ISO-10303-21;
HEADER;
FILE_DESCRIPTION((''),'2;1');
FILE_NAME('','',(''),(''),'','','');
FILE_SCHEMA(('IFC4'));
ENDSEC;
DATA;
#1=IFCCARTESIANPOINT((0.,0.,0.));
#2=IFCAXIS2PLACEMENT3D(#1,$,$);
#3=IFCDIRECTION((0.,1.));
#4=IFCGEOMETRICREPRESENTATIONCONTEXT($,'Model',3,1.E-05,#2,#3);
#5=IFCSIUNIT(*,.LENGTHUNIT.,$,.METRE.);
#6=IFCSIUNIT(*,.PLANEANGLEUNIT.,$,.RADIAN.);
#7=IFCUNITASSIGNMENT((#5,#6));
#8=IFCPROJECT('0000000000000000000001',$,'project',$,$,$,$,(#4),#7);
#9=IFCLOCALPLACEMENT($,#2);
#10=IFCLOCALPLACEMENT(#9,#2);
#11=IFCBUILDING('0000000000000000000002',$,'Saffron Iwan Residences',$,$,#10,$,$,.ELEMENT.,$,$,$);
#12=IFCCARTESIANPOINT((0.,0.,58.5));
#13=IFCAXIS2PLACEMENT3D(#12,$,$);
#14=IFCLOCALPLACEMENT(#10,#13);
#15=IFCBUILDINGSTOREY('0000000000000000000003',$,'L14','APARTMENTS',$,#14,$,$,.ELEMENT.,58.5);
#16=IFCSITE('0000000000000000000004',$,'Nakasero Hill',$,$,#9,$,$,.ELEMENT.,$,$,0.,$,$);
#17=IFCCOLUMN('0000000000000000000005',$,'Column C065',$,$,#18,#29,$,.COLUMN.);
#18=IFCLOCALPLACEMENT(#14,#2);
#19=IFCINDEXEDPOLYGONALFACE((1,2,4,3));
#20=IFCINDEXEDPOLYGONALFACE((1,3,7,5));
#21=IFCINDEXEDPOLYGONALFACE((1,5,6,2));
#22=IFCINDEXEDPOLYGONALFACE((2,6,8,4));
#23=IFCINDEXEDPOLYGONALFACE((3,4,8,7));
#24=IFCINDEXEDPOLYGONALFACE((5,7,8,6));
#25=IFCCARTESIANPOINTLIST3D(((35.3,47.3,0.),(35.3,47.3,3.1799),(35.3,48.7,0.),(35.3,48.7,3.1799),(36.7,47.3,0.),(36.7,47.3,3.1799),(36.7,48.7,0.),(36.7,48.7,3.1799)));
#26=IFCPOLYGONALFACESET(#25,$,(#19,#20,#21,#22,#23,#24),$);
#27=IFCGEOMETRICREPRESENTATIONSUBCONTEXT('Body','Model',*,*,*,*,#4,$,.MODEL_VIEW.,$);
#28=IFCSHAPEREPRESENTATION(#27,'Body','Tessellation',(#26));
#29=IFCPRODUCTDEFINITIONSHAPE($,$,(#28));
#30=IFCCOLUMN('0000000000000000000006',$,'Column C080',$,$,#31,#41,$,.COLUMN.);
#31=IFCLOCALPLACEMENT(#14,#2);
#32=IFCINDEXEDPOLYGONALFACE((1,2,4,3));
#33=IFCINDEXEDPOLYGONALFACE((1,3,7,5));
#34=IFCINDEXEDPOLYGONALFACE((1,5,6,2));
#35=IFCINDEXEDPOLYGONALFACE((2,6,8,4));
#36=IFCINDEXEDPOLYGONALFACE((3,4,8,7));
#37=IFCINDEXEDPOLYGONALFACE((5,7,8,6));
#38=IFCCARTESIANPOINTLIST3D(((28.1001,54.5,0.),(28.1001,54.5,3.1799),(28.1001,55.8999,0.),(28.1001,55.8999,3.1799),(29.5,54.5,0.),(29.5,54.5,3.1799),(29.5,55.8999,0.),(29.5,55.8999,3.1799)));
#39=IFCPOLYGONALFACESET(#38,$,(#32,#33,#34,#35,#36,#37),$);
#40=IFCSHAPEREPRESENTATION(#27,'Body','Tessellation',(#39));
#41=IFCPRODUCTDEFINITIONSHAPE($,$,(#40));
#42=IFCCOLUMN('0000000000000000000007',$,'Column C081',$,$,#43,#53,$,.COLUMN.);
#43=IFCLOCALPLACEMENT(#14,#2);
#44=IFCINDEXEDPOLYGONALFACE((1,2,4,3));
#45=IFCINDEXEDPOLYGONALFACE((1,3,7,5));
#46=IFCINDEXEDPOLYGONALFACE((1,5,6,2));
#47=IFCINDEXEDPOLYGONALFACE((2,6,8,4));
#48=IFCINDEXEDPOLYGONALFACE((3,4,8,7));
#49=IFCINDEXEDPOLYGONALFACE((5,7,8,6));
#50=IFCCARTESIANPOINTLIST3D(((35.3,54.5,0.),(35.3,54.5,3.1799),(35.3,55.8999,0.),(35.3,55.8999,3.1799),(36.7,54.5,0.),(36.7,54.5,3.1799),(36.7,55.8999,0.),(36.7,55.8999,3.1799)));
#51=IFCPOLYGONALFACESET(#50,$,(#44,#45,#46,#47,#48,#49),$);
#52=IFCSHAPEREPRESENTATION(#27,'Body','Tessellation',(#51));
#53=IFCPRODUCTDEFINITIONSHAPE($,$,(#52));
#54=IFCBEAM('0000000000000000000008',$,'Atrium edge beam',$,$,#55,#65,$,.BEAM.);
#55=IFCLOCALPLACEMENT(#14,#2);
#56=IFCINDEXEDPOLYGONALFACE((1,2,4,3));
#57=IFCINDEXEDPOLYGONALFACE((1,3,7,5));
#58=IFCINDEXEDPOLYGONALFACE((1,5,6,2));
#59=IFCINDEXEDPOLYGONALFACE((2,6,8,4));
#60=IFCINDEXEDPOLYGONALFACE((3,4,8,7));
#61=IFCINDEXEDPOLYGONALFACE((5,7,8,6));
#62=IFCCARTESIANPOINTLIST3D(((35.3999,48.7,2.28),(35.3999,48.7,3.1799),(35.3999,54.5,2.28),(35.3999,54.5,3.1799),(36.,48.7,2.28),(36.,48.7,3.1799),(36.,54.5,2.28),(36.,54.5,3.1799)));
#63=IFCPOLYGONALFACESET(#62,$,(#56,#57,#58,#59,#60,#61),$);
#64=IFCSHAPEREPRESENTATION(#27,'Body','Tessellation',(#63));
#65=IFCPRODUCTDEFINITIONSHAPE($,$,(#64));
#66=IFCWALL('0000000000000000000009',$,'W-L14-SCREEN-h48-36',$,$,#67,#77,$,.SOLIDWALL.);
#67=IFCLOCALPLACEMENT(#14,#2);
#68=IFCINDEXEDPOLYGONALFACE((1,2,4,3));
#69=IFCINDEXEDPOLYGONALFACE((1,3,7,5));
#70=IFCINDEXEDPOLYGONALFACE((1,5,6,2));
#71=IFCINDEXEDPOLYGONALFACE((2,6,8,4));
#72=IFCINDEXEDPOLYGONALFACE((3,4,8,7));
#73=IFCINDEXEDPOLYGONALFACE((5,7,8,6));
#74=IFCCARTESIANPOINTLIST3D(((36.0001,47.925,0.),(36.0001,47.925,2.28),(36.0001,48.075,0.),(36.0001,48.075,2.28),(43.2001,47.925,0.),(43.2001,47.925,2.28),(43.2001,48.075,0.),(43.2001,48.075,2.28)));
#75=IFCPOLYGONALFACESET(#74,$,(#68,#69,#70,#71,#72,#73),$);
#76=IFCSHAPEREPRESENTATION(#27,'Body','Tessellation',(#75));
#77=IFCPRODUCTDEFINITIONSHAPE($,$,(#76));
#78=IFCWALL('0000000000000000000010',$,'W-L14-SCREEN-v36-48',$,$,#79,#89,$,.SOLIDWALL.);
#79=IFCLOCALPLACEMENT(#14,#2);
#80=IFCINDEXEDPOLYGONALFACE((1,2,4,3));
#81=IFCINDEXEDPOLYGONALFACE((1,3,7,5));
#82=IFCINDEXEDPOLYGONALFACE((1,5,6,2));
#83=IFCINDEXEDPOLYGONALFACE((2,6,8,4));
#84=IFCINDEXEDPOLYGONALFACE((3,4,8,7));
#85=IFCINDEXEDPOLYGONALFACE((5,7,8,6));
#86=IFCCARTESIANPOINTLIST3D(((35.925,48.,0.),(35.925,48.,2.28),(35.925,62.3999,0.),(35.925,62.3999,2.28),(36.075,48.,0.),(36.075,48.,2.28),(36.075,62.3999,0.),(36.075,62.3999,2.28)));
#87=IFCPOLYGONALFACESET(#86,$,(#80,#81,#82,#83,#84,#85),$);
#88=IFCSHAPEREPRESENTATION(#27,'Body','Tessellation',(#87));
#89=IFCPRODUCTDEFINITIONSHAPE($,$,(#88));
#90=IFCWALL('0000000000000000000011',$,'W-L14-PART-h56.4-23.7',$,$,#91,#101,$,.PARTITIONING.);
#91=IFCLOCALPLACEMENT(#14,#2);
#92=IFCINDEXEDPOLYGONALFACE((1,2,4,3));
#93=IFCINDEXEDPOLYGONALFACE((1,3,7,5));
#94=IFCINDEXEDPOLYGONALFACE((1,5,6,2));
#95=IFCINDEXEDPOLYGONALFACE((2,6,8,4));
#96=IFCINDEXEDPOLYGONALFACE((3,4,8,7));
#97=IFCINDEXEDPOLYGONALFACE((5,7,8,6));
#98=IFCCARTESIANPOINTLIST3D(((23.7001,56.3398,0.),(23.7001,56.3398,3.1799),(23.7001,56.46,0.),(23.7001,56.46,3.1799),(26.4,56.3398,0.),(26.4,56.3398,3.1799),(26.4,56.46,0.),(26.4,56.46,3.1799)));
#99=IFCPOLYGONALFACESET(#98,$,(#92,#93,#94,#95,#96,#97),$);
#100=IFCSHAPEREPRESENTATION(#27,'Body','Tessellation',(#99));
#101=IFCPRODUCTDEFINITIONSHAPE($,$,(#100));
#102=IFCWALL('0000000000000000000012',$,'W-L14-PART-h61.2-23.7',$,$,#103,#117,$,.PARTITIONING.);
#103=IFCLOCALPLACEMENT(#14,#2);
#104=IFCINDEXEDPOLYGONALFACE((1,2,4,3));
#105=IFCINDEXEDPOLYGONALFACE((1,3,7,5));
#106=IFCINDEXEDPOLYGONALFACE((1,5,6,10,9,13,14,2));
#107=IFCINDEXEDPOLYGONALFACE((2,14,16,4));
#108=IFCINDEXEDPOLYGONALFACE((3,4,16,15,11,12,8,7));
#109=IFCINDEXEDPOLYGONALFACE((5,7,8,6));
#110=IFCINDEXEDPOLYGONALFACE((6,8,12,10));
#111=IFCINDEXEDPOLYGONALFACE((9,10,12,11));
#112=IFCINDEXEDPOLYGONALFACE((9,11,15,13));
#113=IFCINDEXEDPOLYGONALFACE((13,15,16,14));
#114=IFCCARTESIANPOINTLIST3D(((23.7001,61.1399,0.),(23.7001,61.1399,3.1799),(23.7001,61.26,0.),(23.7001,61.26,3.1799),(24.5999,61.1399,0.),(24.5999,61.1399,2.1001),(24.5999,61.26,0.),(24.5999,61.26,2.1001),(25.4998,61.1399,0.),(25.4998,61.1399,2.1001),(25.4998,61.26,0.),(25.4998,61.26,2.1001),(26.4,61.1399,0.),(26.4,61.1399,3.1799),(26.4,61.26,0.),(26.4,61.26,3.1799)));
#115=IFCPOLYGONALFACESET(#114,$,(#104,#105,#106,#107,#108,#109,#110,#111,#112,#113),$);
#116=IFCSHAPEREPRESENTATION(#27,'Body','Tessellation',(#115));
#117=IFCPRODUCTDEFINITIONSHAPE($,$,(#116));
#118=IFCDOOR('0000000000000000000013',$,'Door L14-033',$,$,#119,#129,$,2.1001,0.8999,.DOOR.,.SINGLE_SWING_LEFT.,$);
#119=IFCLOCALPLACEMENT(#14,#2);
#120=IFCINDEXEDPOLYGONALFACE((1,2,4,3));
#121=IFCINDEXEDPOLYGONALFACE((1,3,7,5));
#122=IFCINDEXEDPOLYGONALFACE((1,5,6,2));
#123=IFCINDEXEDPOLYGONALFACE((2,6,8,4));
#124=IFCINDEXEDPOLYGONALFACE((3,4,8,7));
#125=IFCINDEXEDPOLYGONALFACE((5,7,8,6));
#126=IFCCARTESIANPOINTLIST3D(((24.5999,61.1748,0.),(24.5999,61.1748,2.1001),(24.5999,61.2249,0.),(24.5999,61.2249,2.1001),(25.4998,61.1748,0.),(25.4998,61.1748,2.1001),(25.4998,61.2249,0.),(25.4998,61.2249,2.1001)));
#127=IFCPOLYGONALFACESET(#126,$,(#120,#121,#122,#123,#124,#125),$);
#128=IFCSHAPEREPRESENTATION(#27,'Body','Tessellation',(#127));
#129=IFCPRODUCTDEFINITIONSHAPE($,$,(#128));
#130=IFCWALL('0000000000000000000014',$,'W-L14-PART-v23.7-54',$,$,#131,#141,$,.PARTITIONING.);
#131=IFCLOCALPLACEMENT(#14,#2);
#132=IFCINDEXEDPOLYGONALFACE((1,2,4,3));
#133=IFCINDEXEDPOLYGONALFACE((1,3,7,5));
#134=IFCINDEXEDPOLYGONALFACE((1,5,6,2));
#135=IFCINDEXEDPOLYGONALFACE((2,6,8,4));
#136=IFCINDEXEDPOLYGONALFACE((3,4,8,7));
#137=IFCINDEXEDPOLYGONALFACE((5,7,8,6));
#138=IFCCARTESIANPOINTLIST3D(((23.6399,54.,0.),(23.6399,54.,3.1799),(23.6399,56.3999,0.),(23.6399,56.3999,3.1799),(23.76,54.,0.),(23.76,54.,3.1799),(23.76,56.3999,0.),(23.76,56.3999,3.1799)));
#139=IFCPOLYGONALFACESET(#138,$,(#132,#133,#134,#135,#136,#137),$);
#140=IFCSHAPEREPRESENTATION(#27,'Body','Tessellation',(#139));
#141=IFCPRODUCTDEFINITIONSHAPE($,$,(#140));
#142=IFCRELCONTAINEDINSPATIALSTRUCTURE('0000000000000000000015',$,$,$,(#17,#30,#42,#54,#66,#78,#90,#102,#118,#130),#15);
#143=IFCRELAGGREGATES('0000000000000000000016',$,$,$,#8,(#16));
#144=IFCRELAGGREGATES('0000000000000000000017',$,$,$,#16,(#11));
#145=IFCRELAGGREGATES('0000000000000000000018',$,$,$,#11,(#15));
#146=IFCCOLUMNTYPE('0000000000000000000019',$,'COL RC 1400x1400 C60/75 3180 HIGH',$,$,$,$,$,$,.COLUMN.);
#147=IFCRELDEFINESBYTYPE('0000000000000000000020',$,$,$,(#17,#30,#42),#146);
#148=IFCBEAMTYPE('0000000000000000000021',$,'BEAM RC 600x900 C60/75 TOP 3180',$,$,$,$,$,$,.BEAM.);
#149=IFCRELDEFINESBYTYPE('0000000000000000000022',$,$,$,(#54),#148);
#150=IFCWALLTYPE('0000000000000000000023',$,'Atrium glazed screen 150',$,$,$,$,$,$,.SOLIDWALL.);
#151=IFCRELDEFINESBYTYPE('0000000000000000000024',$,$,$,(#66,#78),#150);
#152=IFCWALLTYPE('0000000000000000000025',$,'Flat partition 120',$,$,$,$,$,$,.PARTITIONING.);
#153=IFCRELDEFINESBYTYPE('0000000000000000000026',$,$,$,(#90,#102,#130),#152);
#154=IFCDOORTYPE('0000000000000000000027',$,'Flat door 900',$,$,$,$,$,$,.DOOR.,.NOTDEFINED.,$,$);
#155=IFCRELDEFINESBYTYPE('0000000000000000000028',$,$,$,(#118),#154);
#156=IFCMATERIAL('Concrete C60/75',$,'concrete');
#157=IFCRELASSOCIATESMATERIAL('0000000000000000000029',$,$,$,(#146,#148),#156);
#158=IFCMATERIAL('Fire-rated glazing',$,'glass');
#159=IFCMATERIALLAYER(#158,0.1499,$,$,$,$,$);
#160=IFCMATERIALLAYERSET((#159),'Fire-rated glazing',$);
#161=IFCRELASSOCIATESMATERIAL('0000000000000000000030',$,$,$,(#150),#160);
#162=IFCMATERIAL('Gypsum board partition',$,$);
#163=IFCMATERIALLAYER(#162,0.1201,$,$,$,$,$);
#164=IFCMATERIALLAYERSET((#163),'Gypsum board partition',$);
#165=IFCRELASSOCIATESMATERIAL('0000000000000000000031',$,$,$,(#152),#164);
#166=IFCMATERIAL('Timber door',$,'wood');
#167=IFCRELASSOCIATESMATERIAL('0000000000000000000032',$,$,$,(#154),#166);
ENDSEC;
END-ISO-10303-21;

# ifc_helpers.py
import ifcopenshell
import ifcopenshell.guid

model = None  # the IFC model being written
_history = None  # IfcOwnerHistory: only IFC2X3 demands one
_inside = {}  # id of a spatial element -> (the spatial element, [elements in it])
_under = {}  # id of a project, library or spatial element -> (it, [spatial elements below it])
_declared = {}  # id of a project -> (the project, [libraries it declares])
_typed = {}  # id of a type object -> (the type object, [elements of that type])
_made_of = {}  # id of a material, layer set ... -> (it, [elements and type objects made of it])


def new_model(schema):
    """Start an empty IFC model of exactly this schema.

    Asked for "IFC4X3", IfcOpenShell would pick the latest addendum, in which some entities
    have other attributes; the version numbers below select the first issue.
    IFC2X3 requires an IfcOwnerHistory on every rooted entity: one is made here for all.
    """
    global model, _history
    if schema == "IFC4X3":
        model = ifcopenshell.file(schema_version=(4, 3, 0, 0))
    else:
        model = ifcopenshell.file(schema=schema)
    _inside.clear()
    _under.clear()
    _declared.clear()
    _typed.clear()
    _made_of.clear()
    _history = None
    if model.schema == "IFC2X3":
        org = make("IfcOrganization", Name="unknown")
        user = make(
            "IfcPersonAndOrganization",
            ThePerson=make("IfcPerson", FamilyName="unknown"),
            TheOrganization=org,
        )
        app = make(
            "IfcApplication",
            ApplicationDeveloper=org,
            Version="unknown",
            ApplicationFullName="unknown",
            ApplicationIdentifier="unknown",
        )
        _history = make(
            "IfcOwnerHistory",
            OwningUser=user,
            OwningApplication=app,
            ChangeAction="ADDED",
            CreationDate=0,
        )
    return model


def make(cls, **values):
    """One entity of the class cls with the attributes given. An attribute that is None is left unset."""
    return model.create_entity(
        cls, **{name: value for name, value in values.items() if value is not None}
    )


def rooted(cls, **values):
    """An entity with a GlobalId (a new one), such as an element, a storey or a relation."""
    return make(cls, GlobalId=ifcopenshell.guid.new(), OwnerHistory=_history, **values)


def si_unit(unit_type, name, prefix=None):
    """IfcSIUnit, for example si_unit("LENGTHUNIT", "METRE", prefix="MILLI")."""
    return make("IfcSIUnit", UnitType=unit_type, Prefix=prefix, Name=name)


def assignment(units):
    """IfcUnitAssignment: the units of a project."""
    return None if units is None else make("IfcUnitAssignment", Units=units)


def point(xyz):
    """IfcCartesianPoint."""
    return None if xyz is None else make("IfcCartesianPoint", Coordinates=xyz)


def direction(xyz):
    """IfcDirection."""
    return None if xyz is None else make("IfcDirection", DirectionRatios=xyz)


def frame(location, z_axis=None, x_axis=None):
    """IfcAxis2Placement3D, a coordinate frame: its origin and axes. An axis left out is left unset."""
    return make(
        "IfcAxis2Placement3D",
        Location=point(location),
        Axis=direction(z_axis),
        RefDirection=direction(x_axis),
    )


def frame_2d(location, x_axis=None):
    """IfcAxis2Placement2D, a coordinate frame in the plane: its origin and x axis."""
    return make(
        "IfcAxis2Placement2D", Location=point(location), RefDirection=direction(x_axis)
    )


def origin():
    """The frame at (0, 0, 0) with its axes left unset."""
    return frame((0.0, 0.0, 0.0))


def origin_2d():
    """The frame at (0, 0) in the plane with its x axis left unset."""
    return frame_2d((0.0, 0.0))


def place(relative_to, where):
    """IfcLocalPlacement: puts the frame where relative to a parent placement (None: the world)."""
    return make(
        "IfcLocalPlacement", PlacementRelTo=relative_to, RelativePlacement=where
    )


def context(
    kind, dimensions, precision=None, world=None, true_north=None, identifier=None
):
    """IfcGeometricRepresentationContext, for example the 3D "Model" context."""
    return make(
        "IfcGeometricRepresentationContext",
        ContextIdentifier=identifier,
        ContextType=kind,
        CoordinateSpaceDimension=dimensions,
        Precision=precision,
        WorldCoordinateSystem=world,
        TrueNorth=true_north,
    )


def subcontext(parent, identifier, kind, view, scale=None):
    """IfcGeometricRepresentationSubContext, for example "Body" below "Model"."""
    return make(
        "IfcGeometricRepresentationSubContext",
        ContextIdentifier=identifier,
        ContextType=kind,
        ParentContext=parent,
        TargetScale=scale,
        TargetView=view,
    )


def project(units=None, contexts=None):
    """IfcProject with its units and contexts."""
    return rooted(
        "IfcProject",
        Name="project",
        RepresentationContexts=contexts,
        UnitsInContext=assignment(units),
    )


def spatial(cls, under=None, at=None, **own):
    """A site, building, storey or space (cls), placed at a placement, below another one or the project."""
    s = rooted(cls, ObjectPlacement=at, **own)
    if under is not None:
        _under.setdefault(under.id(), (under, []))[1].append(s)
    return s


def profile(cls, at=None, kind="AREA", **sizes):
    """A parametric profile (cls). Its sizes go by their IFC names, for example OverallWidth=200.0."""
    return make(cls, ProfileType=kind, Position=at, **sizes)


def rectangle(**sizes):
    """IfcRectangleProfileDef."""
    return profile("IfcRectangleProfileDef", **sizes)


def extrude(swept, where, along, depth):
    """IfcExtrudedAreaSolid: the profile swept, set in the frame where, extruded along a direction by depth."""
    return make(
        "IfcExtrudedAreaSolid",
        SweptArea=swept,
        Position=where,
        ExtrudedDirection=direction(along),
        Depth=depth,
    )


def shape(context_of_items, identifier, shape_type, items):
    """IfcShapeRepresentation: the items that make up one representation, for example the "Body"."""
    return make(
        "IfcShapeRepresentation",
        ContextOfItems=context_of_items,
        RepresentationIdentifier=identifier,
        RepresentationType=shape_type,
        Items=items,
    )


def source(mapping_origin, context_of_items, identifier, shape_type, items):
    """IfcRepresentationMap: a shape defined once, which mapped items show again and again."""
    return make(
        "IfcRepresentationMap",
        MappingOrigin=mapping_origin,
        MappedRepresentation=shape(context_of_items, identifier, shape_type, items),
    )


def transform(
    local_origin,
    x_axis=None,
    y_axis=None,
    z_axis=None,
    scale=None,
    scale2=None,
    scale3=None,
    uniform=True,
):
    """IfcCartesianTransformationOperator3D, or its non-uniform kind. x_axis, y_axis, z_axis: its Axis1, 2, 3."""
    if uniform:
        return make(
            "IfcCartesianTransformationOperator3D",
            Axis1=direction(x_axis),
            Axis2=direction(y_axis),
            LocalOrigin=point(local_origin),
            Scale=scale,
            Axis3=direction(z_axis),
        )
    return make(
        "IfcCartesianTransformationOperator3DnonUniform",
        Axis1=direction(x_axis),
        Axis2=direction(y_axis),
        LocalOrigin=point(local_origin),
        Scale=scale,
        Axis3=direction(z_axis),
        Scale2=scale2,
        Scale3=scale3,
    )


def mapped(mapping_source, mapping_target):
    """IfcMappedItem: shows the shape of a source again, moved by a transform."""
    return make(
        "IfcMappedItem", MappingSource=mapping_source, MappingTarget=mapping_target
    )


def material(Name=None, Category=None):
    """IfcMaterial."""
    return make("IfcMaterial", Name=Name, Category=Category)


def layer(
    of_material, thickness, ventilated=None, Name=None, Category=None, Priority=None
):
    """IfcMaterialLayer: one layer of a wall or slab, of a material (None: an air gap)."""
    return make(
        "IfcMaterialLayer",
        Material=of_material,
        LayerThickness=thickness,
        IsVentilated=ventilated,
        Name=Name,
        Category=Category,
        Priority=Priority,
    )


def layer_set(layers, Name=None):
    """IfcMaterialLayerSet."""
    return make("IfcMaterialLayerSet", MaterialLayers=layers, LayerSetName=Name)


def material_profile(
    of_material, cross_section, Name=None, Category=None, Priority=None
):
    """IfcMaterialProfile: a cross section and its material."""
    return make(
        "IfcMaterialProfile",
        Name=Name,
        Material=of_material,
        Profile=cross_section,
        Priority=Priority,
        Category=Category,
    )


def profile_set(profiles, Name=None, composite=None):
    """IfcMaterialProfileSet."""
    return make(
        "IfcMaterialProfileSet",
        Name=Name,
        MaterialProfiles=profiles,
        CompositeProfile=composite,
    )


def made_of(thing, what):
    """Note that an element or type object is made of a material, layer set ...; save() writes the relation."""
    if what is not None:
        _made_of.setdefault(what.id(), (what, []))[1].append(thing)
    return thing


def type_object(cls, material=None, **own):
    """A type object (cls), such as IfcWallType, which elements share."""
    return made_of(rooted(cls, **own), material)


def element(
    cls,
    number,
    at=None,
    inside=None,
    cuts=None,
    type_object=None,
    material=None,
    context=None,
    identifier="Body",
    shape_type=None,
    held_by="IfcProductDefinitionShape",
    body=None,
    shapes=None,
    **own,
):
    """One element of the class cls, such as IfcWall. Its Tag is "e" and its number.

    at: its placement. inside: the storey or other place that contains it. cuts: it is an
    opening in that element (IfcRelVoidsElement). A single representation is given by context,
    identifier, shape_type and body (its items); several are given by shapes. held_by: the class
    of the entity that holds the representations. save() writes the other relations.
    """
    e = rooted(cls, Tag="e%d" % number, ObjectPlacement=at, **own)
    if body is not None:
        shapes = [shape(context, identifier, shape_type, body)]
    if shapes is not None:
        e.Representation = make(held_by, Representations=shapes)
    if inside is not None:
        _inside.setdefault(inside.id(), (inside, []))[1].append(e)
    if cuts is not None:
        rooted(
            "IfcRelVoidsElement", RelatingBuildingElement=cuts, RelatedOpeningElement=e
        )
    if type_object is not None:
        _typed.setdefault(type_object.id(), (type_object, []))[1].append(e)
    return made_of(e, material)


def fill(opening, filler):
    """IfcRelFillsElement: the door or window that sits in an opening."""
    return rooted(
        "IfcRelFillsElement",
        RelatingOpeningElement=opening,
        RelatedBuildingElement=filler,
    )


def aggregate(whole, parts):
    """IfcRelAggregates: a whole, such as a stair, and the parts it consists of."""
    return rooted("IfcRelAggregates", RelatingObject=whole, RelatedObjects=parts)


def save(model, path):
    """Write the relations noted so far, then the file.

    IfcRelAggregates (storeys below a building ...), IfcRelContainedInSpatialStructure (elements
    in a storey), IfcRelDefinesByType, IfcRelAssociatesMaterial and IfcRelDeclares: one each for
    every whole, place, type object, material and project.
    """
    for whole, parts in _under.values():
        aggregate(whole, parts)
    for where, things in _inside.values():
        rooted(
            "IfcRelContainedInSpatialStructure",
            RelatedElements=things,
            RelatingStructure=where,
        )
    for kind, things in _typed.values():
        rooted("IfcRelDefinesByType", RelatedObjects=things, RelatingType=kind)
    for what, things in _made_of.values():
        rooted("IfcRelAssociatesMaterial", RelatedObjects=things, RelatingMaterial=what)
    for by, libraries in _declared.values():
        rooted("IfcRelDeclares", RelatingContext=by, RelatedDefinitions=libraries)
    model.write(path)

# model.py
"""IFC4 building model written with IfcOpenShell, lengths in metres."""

from ifc_helpers import new_model, si_unit, direction, frame, frame_2d, origin, origin_2d, place, context, subcontext, project, spatial, rectangle, extrude, source, transform, mapped, material, layer, layer_set, material_profile, profile_set, type_object, element, fill, save


model = new_model("IFC4")

# Units and contexts
model_context = context("Model", 3, precision=1e-05, world=origin(), true_north=direction((0.0, 1.0)))
body_context = subcontext(model_context, "Body", "Model", "MODEL_VIEW")
ifc_project = project(units=[si_unit("LENGTHUNIT", "METRE"), si_unit("PLANEANGLEUNIT", "RADIAN")], contexts=[model_context])

# Site, building, storey
site_placement = place(None, origin())
site = spatial("IfcSite", under=ifc_project, at=site_placement, Name="Nakasero Hill", CompositionType="ELEMENT", RefElevation=0.0)
building_placement = place(site_placement, origin())
building = spatial("IfcBuilding", under=site, at=building_placement, Name="Saffron Iwan Residences", CompositionType="ELEMENT")
storey_placement = place(building_placement, frame((0.0, 0.0, 58.5)))
storey = spatial("IfcBuildingStorey", under=building, at=storey_placement, Name="L14", Description="APARTMENTS", CompositionType="ELEMENT", Elevation=58.5)

# Columns
ifc_material_1 = material(Name="Concrete C60/75", Category="concrete")
ifc_material_profile_1 = material_profile(ifc_material_1, rectangle(XDim=1.3999, YDim=1.3999, at=origin_2d()), Name="RC 1400x1400")
ifc_profile_set_1 = profile_set([ifc_material_profile_1], Name="Concrete C60/75")
column_type = type_object("IfcColumnType", Name="COL RC 1400x1400 C60/75 3180 HIGH", PredefinedType="COLUMN", material=ifc_profile_set_1)
shared_shape_1 = source(origin(), body_context, "Body", "SweptSolid", [
    extrude(rectangle(XDim=1.3999, YDim=1.3999, at=origin_2d()), origin(), (0.0, 0.0, 1.0), 3.1799),
])
for number, where, z_axis, x_axis, name in (
    (1, (36.0, 48.0, 0.0), (0.0, 0.0, 1.0), (1.0, 0.0, 0.0), "Column C065"),
    (2, (28.8, 55.2, 0.0), (0.0, 0.0, 1.0), (1.0, 0.0, 0.0), "Column C080"),
    (3, (36.0, 55.2, 0.0), (0.0, 0.0, 1.0), (1.0, 0.0, 0.0), "Column C081"),
):
    element("IfcColumn", number, at=place(storey_placement, frame(where, z_axis=z_axis, x_axis=x_axis)), inside=storey, type_object=column_type, Name=name, PredefinedType="COLUMN", context=body_context, shape_type="MappedRepresentation", body=[
        mapped(shared_shape_1, transform((0.0, 0.0, 0.0))),
    ])

# Beam
ifc_material_profile_2 = material_profile(ifc_material_1, rectangle(XDim=0.6001, YDim=0.8999, at=origin_2d()), Name="RC 600x900")
ifc_profile_set_2 = profile_set([ifc_material_profile_2], Name="Concrete C60/75")
beam_type = type_object("IfcBeamType", Name="BEAM RC 600x900 C60/75 TOP 3180", PredefinedType="BEAM", material=ifc_profile_set_2)
shared_shape_2 = source(origin(), body_context, "Body", "SweptSolid", [
    extrude(rectangle(XDim=0.6001, YDim=0.8999, at=origin_2d()), origin(), (0.0, 0.0, 1.0), 5.8),
])
beam_placement = place(storey_placement, frame((35.7, 48.7, 2.73), z_axis=(0.0, 1.0, 0.0), x_axis=(-1.0, 0.0, 0.0)))
element("IfcBeam", 4, at=beam_placement, inside=storey, type_object=beam_type, Name="Atrium edge beam", PredefinedType="BEAM", context=body_context, shape_type="MappedRepresentation", body=[
    mapped(shared_shape_2, transform((0.0, 0.0, 0.0))),
])

# Walls
ifc_material_2 = material(Name="Fire-rated glazing", Category="glass")
ifc_layer_1 = layer(ifc_material_2, 0.1499)
ifc_layer_set_1 = layer_set([ifc_layer_1], Name="Fire-rated glazing")
wall_type_1 = type_object("IfcWallType", Name="Atrium glazed screen 150", PredefinedType="SOLIDWALL", material=ifc_layer_set_1)
wall_1_placement = place(storey_placement, frame((36.0, 48.0, 0.0), z_axis=(0.0, 0.0, 1.0), x_axis=(1.0, 0.0, 0.0)))
element("IfcWall", 5, at=wall_1_placement, inside=storey, type_object=wall_type_1, Name="W-L14-SCREEN-h48-36", PredefinedType="SOLIDWALL", context=body_context, shape_type="SweptSolid", body=[
    extrude(rectangle(XDim=7.2, YDim=0.1499, at=frame_2d((3.6001, 0.0))), origin(), (0.0, 0.0, 1.0), 2.28),
])
wall_2_placement = place(storey_placement, frame((36.0, 48.0, 0.0), z_axis=(0.0, 0.0, 1.0), x_axis=(0.0, 1.0, 0.0)))
element("IfcWall", 6, at=wall_2_placement, inside=storey, type_object=wall_type_1, Name="W-L14-SCREEN-v36-48", PredefinedType="SOLIDWALL", context=body_context, shape_type="SweptSolid", body=[
    extrude(rectangle(XDim=14.3999, YDim=0.1499, at=frame_2d((7.2, 0.0))), origin(), (0.0, 0.0, 1.0), 2.28),
])
ifc_material_3 = material(Name="Gypsum board partition")
ifc_layer_2 = layer(ifc_material_3, 0.1201)
ifc_layer_set_2 = layer_set([ifc_layer_2], Name="Gypsum board partition")
wall_type_2 = type_object("IfcWallType", Name="Flat partition 120", PredefinedType="PARTITIONING", material=ifc_layer_set_2)
wall_3_placement = place(storey_placement, frame((23.7, 56.3999, 0.0), z_axis=(0.0, 0.0, 1.0), x_axis=(1.0, 0.0, 0.0)))
element("IfcWall", 7, at=wall_3_placement, inside=storey, type_object=wall_type_2, Name="W-L14-PART-h56.4-23.7", PredefinedType="PARTITIONING", context=body_context, shape_type="SweptSolid", body=[
    extrude(rectangle(XDim=2.7, YDim=0.1201, at=frame_2d((1.3501, 0.0))), origin(), (0.0, 0.0, 1.0), 3.1799),
])

# Wall, opening, door
wall_4_placement = place(storey_placement, frame((23.7, 61.2, 0.0), z_axis=(0.0, 0.0, 1.0), x_axis=(1.0, 0.0, 0.0)))
wall_4 = element("IfcWall", 8, at=wall_4_placement, inside=storey, type_object=wall_type_2, Name="W-L14-PART-h61.2-23.7", PredefinedType="PARTITIONING", context=body_context, shape_type="SweptSolid", body=[
    extrude(rectangle(XDim=2.7, YDim=0.1201, at=frame_2d((1.3501, 0.0))), origin(), (0.0, 0.0, 1.0), 3.1799),
])
opening_1_placement = place(wall_4_placement, frame((0.8999, 0.0, 0.0)))
opening_1 = element("IfcOpeningElement", 9, at=opening_1_placement, cuts=wall_4, PredefinedType="OPENING", context=body_context, shape_type="SweptSolid", body=[
    extrude(rectangle(XDim=0.8999, YDim=2.1001, at=frame_2d((0.45, 1.05))), frame((0.0, 0.0701, 0.0), z_axis=(0.0, -1.0, 0.0), x_axis=(1.0, 0.0, 0.0)), (0.0, 0.0, 1.0), 0.1401),
])
ifc_material_4 = material(Name="Timber door", Category="wood")
door_type_1 = type_object("IfcDoorType", Name="Flat door 900", OperationType="NOTDEFINED", PredefinedType="DOOR", material=ifc_material_4)
door_1_placement = place(opening_1_placement, origin())
door_1 = element("IfcDoor", 10, at=door_1_placement, inside=storey, type_object=door_type_1, Name="Door L14-033", OperationType="SINGLE_SWING_LEFT", OverallHeight=2.1001, OverallWidth=0.8999, PredefinedType="DOOR", context=body_context, shape_type="SweptSolid", body=[
    extrude(rectangle(XDim=0.8999, YDim=2.1001, at=frame_2d((0.45, 1.05))), frame((0.0, 0.0249, 0.0), z_axis=(0.0, -1.0, 0.0), x_axis=(1.0, 0.0, 0.0)), (0.0, 0.0, 1.0), 0.05),
])
fill(opening_1, door_1)

# Wall
wall_5_placement = place(storey_placement, frame((23.7, 54.0, 0.0), z_axis=(0.0, 0.0, 1.0), x_axis=(0.0, 1.0, 0.0)))
element("IfcWall", 11, at=wall_5_placement, inside=storey, type_object=wall_type_2, Name="W-L14-PART-v23.7-54", PredefinedType="PARTITIONING", context=body_context, shape_type="SweptSolid", body=[
    extrude(rectangle(XDim=2.3999, YDim=0.1201, at=frame_2d((1.2, 0.0))), origin(), (0.0, 0.0, 1.0), 3.1799),
])

save(model, "model.ifc")
